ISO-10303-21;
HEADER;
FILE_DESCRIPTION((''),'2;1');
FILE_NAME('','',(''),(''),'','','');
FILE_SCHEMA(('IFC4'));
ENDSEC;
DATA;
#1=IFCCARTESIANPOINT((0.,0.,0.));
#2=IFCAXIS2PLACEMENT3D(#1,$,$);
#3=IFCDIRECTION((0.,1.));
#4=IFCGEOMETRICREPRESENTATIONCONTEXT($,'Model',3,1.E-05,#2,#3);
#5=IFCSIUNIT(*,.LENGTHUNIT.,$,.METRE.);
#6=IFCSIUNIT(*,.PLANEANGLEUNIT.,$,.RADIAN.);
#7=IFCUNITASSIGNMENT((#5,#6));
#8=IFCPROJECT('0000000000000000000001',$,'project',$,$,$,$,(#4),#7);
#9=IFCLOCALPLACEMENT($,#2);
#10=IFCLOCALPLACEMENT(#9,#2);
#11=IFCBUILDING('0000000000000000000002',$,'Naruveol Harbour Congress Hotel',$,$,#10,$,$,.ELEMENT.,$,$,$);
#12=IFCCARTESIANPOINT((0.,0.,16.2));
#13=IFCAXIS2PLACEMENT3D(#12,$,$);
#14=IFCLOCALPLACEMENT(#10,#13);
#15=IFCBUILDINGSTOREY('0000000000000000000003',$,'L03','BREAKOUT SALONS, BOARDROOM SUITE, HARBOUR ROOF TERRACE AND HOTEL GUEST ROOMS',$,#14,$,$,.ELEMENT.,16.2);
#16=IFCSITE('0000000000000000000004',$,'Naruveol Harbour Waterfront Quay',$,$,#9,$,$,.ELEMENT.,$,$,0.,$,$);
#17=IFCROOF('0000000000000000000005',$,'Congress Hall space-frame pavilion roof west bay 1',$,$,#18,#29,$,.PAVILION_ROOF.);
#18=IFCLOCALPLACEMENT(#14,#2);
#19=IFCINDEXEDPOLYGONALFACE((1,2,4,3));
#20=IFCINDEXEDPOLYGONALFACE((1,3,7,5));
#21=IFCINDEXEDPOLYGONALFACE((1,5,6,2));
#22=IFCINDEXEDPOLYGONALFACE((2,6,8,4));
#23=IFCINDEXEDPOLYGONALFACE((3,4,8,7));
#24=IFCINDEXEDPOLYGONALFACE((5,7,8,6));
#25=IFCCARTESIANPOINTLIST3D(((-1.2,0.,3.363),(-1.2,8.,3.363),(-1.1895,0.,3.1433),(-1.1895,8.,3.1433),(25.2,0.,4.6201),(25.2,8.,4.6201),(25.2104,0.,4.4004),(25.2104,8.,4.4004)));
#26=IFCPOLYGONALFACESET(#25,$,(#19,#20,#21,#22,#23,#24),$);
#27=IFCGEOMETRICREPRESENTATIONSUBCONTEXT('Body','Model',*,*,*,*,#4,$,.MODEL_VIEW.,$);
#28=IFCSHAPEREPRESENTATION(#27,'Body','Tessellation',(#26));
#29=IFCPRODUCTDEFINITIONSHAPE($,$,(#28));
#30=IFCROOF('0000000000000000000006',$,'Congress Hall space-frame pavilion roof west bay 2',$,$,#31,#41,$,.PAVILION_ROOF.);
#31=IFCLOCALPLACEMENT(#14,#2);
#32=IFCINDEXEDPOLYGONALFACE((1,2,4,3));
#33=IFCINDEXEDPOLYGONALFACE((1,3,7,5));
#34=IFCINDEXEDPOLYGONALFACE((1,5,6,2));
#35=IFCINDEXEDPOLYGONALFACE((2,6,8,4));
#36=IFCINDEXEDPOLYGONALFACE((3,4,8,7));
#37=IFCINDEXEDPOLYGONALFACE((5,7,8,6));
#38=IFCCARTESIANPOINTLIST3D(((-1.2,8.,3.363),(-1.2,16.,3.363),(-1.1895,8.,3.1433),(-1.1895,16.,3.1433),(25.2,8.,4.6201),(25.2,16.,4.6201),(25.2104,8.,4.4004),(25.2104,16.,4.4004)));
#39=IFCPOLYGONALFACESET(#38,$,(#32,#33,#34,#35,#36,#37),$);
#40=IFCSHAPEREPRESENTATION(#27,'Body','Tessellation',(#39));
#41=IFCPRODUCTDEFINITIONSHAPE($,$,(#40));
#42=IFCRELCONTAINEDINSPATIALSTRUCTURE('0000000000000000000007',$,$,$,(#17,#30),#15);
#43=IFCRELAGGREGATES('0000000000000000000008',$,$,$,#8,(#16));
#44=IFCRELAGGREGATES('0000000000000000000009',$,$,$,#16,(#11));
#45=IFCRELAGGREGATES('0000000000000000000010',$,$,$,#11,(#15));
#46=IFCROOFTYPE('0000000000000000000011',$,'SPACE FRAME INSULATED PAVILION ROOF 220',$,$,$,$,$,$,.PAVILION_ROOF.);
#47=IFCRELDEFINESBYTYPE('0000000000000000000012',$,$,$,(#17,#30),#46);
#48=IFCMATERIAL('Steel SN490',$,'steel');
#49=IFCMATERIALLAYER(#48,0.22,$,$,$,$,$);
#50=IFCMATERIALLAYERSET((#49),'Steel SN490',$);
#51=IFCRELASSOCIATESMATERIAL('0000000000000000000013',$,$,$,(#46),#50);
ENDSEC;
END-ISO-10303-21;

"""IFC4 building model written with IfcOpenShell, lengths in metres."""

from ifc_helpers import new_model, si_unit, direction, frame, origin, place, context, subcontext, project, spatial, polyline, outline, extrude, material, layer, layer_set, type_object, element, save


model = new_model("IFC4")

# Units and contexts
model_context = context("Model", 3, precision=1e-05, world=origin(), true_north=direction((0.0, 1.0)))
body_context = subcontext(model_context, "Body", "Model", "MODEL_VIEW")
ifc_project = project(units=[si_unit("LENGTHUNIT", "METRE"), si_unit("PLANEANGLEUNIT", "RADIAN")], contexts=[model_context])

# Site, building, storey
site_placement = place(None, origin())
site = spatial("IfcSite", under=ifc_project, at=site_placement, Name="Naruveol Harbour Waterfront Quay", CompositionType="ELEMENT", RefElevation=0.0)
building_placement = place(site_placement, origin())
building = spatial("IfcBuilding", under=site, at=building_placement, Name="Naruveol Harbour Congress Hotel", CompositionType="ELEMENT")
storey_placement = place(building_placement, frame((0.0, 0.0, 16.2)))
storey = spatial("IfcBuildingStorey", under=building, at=storey_placement, Name="L03", Description="BREAKOUT SALONS, BOARDROOM SUITE, HARBOUR ROOF TERRACE AND HOTEL GUEST ROOMS", CompositionType="ELEMENT", Elevation=16.2)

# Roofs
ifc_material_1 = material(Name="Steel SN490", Category="steel")
ifc_layer_1 = layer(ifc_material_1, 0.22)
ifc_layer_set_1 = layer_set([ifc_layer_1], Name="Steel SN490")
roof_type = type_object("IfcRoofType", Name="SPACE FRAME INSULATED PAVILION ROOF 220", PredefinedType="PAVILION_ROOF", material=ifc_layer_set_1)
for number, where, z_axis, x_axis, name in (
    (1, (-1.2, 0.0, 3.363), (-0.047563, 0.0, 0.998868), (0.998868, 0.0, 0.047563), "Congress Hall space-frame pavilion roof west bay 1"),
    (2, (-1.2, 8.0, 3.363), (-0.047563, 0.0, 0.998868), (0.998868, 0.0, 0.047563), "Congress Hall space-frame pavilion roof west bay 2"),
):
    element("IfcRoof", number, at=place(storey_placement, frame(where, z_axis=z_axis, x_axis=x_axis)), inside=storey, type_object=roof_type, Name=name, PredefinedType="PAVILION_ROOF", context=body_context, shape_type="SweptSolid", body=[
        extrude(outline(polyline([(0.0, 0.0), (26.4298, 0.0), (26.4298, 8.0), (0.0, 8.0), (0.0, 0.0)])), origin(), (0.0, 0.0, -1.0), 0.22),
    ])

save(model, "model.ifc")
